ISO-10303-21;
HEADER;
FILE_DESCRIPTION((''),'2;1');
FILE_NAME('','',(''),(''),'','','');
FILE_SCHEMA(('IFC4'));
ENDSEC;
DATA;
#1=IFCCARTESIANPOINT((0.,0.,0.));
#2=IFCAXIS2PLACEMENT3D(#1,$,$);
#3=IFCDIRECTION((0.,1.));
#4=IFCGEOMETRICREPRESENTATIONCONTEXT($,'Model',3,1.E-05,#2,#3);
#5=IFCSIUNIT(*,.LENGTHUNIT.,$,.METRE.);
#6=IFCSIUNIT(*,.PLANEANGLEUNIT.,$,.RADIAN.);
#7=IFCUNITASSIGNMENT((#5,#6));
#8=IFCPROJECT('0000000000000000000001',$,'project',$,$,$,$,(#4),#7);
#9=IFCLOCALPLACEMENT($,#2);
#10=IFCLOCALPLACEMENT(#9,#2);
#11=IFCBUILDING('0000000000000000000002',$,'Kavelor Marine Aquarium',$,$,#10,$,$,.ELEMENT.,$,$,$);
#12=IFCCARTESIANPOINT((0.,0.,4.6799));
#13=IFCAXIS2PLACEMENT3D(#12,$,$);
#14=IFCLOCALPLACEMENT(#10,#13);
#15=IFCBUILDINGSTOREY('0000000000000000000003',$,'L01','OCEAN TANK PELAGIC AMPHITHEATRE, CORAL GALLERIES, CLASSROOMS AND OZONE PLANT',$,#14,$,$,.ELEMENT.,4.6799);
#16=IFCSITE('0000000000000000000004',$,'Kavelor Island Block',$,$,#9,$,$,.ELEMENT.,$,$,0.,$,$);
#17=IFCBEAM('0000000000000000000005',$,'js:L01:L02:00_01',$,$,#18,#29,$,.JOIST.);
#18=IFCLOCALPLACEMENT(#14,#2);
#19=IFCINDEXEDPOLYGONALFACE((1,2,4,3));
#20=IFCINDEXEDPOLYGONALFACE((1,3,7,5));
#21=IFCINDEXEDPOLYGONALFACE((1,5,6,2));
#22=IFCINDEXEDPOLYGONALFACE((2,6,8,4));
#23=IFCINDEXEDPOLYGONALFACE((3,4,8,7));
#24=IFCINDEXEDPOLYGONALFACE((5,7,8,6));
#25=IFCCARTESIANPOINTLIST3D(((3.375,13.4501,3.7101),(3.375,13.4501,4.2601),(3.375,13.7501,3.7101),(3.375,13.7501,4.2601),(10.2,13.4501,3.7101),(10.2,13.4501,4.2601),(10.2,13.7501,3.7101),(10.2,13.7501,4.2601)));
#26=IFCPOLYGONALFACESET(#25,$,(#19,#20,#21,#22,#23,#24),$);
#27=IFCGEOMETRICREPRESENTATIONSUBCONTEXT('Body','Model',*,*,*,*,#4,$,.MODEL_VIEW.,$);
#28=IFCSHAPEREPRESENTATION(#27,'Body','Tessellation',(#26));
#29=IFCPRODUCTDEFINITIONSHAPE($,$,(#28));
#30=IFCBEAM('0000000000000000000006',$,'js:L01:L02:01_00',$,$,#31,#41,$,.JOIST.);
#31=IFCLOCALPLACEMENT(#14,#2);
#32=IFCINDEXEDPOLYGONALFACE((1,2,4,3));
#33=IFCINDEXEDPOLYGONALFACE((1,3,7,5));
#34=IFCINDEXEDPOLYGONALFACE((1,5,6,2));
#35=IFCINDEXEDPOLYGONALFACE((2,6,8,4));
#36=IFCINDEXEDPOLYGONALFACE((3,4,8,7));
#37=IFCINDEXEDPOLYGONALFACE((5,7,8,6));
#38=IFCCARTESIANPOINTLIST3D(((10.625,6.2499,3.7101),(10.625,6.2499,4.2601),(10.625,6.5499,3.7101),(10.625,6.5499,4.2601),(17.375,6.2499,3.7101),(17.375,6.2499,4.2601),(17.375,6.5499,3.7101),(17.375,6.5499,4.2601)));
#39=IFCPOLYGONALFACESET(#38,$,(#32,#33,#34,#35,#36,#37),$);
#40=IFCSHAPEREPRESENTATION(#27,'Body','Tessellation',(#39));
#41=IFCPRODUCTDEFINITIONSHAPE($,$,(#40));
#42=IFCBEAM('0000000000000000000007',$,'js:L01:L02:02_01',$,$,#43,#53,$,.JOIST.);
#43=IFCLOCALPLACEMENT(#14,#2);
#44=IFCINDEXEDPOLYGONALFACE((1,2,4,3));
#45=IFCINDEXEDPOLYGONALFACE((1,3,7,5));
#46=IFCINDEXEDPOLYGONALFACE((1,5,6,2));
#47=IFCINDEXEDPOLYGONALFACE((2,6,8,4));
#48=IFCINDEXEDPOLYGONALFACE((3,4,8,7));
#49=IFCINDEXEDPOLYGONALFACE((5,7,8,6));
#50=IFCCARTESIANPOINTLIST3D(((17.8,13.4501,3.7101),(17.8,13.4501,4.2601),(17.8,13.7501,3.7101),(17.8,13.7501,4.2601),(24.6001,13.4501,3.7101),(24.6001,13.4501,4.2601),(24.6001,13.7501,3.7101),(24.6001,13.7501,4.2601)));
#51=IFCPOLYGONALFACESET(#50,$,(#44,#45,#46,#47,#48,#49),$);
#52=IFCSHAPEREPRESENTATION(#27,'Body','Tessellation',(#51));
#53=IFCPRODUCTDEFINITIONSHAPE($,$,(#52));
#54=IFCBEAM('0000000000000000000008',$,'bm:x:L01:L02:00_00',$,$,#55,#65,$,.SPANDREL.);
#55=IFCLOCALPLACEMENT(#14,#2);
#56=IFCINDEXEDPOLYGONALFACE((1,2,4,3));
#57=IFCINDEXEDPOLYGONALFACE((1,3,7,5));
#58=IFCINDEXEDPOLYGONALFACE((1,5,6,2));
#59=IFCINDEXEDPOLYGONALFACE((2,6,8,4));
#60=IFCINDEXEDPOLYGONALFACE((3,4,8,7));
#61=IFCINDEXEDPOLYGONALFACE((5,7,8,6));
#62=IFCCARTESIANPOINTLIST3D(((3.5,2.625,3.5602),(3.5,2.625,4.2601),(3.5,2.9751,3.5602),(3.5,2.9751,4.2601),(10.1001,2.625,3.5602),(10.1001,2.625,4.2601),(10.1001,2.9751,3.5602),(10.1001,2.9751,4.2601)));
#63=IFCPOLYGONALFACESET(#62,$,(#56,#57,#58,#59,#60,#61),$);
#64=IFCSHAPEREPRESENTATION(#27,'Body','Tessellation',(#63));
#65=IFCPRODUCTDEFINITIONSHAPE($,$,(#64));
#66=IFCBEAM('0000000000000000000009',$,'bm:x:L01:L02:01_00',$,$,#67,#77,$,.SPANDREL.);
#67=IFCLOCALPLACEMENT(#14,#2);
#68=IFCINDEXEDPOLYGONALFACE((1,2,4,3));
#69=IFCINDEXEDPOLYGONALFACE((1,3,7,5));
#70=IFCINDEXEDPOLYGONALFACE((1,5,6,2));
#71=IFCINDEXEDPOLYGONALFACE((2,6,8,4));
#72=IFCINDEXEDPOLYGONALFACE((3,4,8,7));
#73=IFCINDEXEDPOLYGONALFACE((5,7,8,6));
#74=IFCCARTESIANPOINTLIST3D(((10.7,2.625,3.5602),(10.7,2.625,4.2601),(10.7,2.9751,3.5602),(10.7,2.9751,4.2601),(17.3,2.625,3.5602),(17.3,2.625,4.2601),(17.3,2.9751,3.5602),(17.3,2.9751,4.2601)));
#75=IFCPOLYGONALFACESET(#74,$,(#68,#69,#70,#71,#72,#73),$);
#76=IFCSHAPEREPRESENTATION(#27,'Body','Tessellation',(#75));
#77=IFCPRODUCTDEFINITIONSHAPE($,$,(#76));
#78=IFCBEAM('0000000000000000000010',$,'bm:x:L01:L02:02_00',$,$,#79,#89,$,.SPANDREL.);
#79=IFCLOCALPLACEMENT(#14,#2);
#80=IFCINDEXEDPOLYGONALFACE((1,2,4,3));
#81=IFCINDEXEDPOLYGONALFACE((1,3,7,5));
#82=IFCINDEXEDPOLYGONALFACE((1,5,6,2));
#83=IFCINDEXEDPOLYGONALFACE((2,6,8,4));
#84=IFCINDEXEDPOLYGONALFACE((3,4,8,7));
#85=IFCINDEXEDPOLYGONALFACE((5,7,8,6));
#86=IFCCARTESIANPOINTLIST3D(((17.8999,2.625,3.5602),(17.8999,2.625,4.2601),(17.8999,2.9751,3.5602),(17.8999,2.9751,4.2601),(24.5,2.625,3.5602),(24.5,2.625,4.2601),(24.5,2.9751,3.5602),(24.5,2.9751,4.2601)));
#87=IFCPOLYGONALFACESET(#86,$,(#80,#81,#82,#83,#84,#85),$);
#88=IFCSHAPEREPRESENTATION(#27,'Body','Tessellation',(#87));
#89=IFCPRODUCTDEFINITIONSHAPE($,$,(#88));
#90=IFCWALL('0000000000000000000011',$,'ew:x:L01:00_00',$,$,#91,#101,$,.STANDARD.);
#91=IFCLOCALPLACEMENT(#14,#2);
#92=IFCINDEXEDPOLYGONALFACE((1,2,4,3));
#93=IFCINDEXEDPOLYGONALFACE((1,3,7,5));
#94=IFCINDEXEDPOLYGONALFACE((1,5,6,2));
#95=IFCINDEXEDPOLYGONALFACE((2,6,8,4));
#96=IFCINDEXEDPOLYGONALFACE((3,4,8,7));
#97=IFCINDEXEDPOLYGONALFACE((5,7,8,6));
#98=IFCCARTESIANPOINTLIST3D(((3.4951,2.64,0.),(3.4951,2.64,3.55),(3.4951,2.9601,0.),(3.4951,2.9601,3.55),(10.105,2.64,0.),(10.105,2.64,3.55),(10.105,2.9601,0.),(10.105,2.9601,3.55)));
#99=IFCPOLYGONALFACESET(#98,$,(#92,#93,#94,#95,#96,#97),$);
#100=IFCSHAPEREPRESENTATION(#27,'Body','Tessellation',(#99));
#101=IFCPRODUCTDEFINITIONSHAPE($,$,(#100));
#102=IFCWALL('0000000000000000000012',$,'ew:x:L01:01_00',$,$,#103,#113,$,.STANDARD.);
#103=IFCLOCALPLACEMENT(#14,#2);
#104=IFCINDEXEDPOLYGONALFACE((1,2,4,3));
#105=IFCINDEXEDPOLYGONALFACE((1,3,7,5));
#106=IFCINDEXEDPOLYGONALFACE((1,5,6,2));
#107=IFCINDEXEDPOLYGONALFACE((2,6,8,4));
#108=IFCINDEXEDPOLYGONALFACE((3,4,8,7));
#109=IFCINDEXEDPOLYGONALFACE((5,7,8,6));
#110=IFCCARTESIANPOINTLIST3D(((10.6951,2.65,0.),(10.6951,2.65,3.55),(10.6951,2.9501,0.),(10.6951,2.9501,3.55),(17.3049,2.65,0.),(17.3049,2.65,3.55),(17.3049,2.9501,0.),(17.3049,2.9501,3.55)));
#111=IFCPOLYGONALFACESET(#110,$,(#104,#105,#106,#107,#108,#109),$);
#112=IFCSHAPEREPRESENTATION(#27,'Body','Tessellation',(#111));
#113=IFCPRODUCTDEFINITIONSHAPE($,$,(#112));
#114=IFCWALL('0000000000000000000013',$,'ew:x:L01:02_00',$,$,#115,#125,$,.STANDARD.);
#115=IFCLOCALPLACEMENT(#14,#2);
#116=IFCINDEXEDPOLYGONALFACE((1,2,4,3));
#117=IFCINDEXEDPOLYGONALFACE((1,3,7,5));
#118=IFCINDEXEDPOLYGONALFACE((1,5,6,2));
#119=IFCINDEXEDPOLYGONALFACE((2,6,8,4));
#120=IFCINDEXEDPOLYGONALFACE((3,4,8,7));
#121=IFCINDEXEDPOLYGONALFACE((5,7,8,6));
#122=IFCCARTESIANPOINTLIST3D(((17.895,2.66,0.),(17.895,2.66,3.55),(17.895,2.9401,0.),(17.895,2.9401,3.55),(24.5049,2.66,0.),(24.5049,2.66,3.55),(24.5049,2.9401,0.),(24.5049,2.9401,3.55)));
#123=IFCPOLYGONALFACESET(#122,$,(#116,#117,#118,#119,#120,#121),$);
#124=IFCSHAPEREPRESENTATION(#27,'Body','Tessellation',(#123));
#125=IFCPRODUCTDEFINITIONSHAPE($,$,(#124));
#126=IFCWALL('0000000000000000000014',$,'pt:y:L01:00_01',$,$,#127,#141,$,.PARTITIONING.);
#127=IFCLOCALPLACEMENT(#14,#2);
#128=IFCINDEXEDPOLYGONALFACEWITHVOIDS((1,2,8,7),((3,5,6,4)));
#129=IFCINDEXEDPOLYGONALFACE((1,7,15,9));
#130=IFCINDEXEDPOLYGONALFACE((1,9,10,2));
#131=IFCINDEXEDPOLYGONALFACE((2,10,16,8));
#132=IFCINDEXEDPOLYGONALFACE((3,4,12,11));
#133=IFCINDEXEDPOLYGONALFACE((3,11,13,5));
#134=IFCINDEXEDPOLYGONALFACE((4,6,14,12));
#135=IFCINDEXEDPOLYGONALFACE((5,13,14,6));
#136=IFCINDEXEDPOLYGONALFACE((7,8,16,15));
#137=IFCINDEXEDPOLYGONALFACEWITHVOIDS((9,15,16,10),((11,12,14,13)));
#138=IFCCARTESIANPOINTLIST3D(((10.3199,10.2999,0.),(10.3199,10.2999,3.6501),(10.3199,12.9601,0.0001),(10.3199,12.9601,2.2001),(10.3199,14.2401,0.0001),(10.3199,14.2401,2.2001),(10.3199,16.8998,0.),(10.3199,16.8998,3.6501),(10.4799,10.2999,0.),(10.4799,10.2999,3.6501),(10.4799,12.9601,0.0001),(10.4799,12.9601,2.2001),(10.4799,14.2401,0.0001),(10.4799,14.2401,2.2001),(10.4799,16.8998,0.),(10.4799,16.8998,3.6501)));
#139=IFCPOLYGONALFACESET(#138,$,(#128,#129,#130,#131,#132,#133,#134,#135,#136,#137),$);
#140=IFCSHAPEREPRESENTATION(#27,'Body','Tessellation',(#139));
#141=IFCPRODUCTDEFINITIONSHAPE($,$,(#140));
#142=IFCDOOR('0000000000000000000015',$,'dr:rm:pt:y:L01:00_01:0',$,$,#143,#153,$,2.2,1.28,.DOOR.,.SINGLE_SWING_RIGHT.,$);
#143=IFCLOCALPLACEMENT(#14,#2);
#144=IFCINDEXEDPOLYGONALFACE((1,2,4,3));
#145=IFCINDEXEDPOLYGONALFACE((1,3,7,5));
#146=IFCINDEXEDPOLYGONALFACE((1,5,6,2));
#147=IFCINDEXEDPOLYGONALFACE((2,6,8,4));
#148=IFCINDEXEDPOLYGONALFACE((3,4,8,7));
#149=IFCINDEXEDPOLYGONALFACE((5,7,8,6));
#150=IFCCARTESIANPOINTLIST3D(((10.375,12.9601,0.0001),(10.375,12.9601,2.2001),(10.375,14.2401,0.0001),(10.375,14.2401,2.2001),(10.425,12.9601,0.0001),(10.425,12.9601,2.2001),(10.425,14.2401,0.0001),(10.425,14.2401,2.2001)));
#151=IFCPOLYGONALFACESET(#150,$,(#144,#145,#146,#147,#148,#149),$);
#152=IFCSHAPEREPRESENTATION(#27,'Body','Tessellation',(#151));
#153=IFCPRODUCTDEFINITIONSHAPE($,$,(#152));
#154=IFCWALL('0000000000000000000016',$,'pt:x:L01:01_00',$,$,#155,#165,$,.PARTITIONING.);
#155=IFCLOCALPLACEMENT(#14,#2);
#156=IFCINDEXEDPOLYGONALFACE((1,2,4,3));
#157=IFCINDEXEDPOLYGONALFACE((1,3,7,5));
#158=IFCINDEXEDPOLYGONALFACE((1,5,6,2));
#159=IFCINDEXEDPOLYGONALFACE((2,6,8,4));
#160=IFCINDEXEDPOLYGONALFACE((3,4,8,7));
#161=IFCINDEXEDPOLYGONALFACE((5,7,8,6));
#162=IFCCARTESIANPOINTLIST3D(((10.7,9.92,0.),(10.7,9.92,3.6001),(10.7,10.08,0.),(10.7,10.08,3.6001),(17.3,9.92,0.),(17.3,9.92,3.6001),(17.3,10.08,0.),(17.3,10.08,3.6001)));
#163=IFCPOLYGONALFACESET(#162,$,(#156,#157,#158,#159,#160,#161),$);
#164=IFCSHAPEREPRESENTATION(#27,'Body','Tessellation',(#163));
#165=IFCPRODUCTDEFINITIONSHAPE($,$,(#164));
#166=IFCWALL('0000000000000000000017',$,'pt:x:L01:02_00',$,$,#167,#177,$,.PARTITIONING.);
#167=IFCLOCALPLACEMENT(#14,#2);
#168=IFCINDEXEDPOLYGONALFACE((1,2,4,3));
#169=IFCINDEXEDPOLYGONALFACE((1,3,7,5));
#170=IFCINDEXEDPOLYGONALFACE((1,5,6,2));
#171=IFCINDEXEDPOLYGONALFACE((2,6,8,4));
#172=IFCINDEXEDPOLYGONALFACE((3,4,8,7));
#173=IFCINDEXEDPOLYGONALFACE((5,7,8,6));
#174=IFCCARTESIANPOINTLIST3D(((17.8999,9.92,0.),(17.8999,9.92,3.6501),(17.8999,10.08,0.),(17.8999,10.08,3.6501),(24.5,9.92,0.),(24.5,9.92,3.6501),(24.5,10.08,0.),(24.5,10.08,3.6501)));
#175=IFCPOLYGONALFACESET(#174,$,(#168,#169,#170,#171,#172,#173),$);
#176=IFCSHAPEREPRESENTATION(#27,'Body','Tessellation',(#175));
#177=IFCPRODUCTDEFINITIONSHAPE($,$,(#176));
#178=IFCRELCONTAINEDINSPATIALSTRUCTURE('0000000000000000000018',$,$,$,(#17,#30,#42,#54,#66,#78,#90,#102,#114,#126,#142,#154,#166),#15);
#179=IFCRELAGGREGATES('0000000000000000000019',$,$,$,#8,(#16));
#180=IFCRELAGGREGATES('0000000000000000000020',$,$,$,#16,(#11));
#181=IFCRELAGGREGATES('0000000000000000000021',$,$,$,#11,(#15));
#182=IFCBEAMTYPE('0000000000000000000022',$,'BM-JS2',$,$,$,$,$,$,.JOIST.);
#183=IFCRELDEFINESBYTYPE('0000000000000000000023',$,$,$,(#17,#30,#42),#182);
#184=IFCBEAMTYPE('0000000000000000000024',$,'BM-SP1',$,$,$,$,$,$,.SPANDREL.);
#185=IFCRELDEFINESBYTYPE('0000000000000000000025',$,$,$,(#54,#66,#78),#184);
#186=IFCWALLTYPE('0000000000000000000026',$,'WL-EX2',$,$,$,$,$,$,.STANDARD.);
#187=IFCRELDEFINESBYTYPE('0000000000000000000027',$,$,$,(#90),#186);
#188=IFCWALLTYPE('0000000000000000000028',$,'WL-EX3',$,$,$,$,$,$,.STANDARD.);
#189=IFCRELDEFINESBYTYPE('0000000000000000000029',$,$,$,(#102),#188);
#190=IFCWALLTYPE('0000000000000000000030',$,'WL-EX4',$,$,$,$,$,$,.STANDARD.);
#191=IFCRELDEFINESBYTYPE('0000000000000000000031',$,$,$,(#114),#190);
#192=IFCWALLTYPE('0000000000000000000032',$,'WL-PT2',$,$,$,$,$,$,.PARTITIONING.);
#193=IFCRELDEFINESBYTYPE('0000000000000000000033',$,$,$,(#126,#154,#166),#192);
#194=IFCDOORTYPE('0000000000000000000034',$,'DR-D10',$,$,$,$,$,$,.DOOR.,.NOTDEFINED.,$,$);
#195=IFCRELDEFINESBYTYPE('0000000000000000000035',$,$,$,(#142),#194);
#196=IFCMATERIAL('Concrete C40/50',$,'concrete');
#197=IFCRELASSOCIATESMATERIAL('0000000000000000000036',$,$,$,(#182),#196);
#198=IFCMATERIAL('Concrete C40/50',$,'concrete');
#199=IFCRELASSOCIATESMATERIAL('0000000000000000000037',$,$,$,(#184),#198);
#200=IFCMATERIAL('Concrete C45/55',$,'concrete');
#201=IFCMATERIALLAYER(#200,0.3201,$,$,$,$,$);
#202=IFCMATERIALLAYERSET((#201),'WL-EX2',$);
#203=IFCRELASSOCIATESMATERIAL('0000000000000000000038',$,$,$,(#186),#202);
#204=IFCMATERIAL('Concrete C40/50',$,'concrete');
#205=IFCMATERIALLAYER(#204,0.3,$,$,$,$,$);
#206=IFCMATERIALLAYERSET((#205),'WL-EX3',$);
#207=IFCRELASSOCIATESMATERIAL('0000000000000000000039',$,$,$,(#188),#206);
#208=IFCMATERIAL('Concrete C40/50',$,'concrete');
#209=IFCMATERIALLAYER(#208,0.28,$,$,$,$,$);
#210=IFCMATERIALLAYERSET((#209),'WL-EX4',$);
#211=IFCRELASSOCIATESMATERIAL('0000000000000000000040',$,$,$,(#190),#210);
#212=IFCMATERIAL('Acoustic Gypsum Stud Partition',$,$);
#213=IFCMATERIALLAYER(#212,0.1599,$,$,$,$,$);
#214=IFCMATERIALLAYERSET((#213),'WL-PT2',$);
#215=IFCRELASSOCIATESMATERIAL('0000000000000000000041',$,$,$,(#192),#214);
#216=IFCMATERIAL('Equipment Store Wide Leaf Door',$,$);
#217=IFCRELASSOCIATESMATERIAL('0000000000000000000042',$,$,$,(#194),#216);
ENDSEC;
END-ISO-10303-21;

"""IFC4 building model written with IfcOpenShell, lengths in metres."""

from ifc_helpers import new_model, si_unit, direction, frame, frame_2d, origin, origin_2d, place, context, subcontext, project, spatial, rectangle, extrude, material, layer, layer_set, material_profile, profile_set, type_object, element, fill, save


model = new_model("IFC4")

# Units and contexts
model_context = context("Model", 3, precision=1e-05, world=origin(), true_north=direction((0.0, 1.0)))
body_context = subcontext(model_context, "Body", "Model", "MODEL_VIEW")
ifc_project = project(units=[si_unit("LENGTHUNIT", "METRE"), si_unit("PLANEANGLEUNIT", "RADIAN")], contexts=[model_context])

# Site, building, storey
site_placement = place(None, origin())
site = spatial("IfcSite", under=ifc_project, at=site_placement, Name="Kavelor Island Block", CompositionType="ELEMENT", RefElevation=0.0)
building_placement = place(site_placement, origin())
building = spatial("IfcBuilding", under=site, at=building_placement, Name="Kavelor Marine Aquarium", CompositionType="ELEMENT")
storey_placement = place(building_placement, frame((0.0, 0.0, 4.6799)))
storey = spatial("IfcBuildingStorey", under=building, at=storey_placement, Name="L01", Description="OCEAN TANK PELAGIC AMPHITHEATRE, CORAL GALLERIES, CLASSROOMS AND OZONE PLANT", CompositionType="ELEMENT", Elevation=4.6799)

# Beams
ifc_material_1 = material(Name="Concrete C40/50", Category="concrete")
ifc_material_profile_1 = material_profile(ifc_material_1, rectangle(XDim=0.3, YDim=0.55, at=origin_2d()), Name="RC-JS 300x550")
ifc_profile_set_1 = profile_set([ifc_material_profile_1], Name="Concrete C40/50")
beam_type_1 = type_object("IfcBeamType", Name="BM-JS2", PredefinedType="JOIST", material=ifc_profile_set_1)
beam_1_placement = place(storey_placement, frame((3.375, 13.6001, 3.9851), z_axis=(1.0, 0.0, 0.0), x_axis=(0.0, 1.0, 0.0)))
element("IfcBeam", 1, at=beam_1_placement, inside=storey, type_object=beam_type_1, Name="js:L01:L02:00_01", PredefinedType="JOIST", context=body_context, shape_type="SweptSolid", body=[
    extrude(rectangle(XDim=0.3, YDim=0.55, at=origin_2d()), origin(), (0.0, 0.0, 1.0), 6.825),
])
beam_2_placement = place(storey_placement, frame((10.625, 6.3999, 3.9851), z_axis=(1.0, 0.0, 0.0), x_axis=(0.0, 1.0, 0.0)))
element("IfcBeam", 2, at=beam_2_placement, inside=storey, type_object=beam_type_1, Name="js:L01:L02:01_00", PredefinedType="JOIST", context=body_context, shape_type="SweptSolid", body=[
    extrude(rectangle(XDim=0.3, YDim=0.55, at=origin_2d()), origin(), (0.0, 0.0, 1.0), 6.75),
])
beam_3_placement = place(storey_placement, frame((17.8, 13.6001, 3.9851), z_axis=(1.0, 0.0, 0.0), x_axis=(0.0, 1.0, 0.0)))
element("IfcBeam", 3, at=beam_3_placement, inside=storey, type_object=beam_type_1, Name="js:L01:L02:02_01", PredefinedType="JOIST", context=body_context, shape_type="SweptSolid", body=[
    extrude(rectangle(XDim=0.3, YDim=0.55, at=origin_2d()), origin(), (0.0, 0.0, 1.0), 6.8),
])
ifc_material_2 = material(Name="Concrete C40/50", Category="concrete")
ifc_material_profile_2 = material_profile(ifc_material_2, rectangle(XDim=0.3501, YDim=0.7, at=origin_2d()), Name="RC-SP 350x700")
ifc_profile_set_2 = profile_set([ifc_material_profile_2], Name="Concrete C40/50")
beam_type_2 = type_object("IfcBeamType", Name="BM-SP1", PredefinedType="SPANDREL", material=ifc_profile_set_2)
for number, where, z_axis, x_axis, name in (
    (4, (3.5, 2.8, 3.9102), (1.0, 0.0, 0.0), (0.0, 1.0, 0.0), "bm:x:L01:L02:00_00"),
    (5, (10.7, 2.8, 3.9102), (1.0, 0.0, 0.0), (0.0, 1.0, 0.0), "bm:x:L01:L02:01_00"),
    (6, (17.8999, 2.8, 3.9102), (1.0, 0.0, 0.0), (0.0, 1.0, 0.0), "bm:x:L01:L02:02_00"),
):
    element("IfcBeam", number, at=place(storey_placement, frame(where, z_axis=z_axis, x_axis=x_axis)), inside=storey, type_object=beam_type_2, Name=name, PredefinedType="SPANDREL", context=body_context, shape_type="SweptSolid", body=[
        extrude(rectangle(XDim=0.3501, YDim=0.7, at=origin_2d()), origin(), (0.0, 0.0, 1.0), 6.6001),
    ])

# Walls
ifc_material_3 = material(Name="Concrete C45/55", Category="concrete")
ifc_layer_1 = layer(ifc_material_3, 0.3201)
ifc_layer_set_1 = layer_set([ifc_layer_1], Name="WL-EX2")
wall_type_1 = type_object("IfcWallType", Name="WL-EX2", PredefinedType="STANDARD", material=ifc_layer_set_1)
wall_1_placement = place(storey_placement, frame((10.105, 2.8, 0.0), z_axis=(0.0, 0.0, 1.0), x_axis=(-1.0, 0.0, 0.0)))
element("IfcWall", 7, at=wall_1_placement, inside=storey, type_object=wall_type_1, Name="ew:x:L01:00_00", PredefinedType="STANDARD", context=body_context, shape_type="SweptSolid", body=[
    extrude(rectangle(XDim=6.6099, YDim=0.3201, at=frame_2d((3.3049, 0.0))), origin(), (0.0, 0.0, 1.0), 3.55),
])
ifc_material_4 = material(Name="Concrete C40/50", Category="concrete")
ifc_layer_2 = layer(ifc_material_4, 0.3)
ifc_layer_set_2 = layer_set([ifc_layer_2], Name="WL-EX3")
wall_type_2 = type_object("IfcWallType", Name="WL-EX3", PredefinedType="STANDARD", material=ifc_layer_set_2)
wall_2_placement = place(storey_placement, frame((17.3049, 2.8, 0.0), z_axis=(0.0, 0.0, 1.0), x_axis=(-1.0, 0.0, 0.0)))
element("IfcWall", 8, at=wall_2_placement, inside=storey, type_object=wall_type_2, Name="ew:x:L01:01_00", PredefinedType="STANDARD", context=body_context, shape_type="SweptSolid", body=[
    extrude(rectangle(XDim=6.6099, YDim=0.3, at=frame_2d((3.3049, 0.0))), origin(), (0.0, 0.0, 1.0), 3.55),
])
ifc_material_5 = material(Name="Concrete C40/50", Category="concrete")
ifc_layer_3 = layer(ifc_material_5, 0.28)
ifc_layer_set_3 = layer_set([ifc_layer_3], Name="WL-EX4")
wall_type_3 = type_object("IfcWallType", Name="WL-EX4", PredefinedType="STANDARD", material=ifc_layer_set_3)
wall_3_placement = place(storey_placement, frame((24.5049, 2.8, 0.0), z_axis=(0.0, 0.0, 1.0), x_axis=(-1.0, 0.0, 0.0)))
element("IfcWall", 9, at=wall_3_placement, inside=storey, type_object=wall_type_3, Name="ew:x:L01:02_00", PredefinedType="STANDARD", context=body_context, shape_type="SweptSolid", body=[
    extrude(rectangle(XDim=6.6099, YDim=0.28, at=frame_2d((3.3049, 0.0))), origin(), (0.0, 0.0, 1.0), 3.55),
])

# Wall, opening, door
ifc_material_6 = material(Name="Acoustic Gypsum Stud Partition")
ifc_layer_4 = layer(ifc_material_6, 0.1599)
ifc_layer_set_4 = layer_set([ifc_layer_4], Name="WL-PT2")
wall_type_4 = type_object("IfcWallType", Name="WL-PT2", PredefinedType="PARTITIONING", material=ifc_layer_set_4)
wall_4_placement = place(storey_placement, frame((10.3999, 10.3, 0.0), z_axis=(0.0, 0.0, 1.0), x_axis=(0.0, 1.0, 0.0)))
wall_4 = element("IfcWall", 10, at=wall_4_placement, inside=storey, type_object=wall_type_4, Name="pt:y:L01:00_01", PredefinedType="PARTITIONING", context=body_context, shape_type="SweptSolid", body=[
    extrude(rectangle(XDim=6.5999, YDim=0.1599, at=frame_2d((3.2998, 0.0))), origin(), (0.0, 0.0, 1.0), 3.6501),
])
opening_placement = place(wall_4_placement, frame((2.6599, 0.0, 0.0)))
opening = element("IfcOpeningElement", 11, at=opening_placement, cuts=wall_4, PredefinedType="OPENING", context=body_context, shape_type="SweptSolid", body=[
    extrude(rectangle(XDim=1.28, YDim=2.2, at=frame_2d((0.6401, 1.1001))), frame((0.0, 0.0898, 0.0), z_axis=(0.0, -1.0, 0.0), x_axis=(1.0, 0.0, 0.0)), (0.0, 0.0, 1.0), 0.1799),
])
ifc_material_7 = material(Name="Equipment Store Wide Leaf Door")
door_type = type_object("IfcDoorType", Name="DR-D10", OperationType="NOTDEFINED", PredefinedType="DOOR", material=ifc_material_7)
door_placement = place(opening_placement, origin())
door = element("IfcDoor", 12, at=door_placement, inside=storey, type_object=door_type, Name="dr:rm:pt:y:L01:00_01:0", OperationType="SINGLE_SWING_RIGHT", OverallHeight=2.2, OverallWidth=1.28, PredefinedType="DOOR", context=body_context, shape_type="SweptSolid", body=[
    extrude(rectangle(XDim=1.28, YDim=2.2, at=frame_2d((0.6401, 1.1001))), frame((0.0, 0.0249, 0.0), z_axis=(0.0, -1.0, 0.0), x_axis=(1.0, 0.0, 0.0)), (0.0, 0.0, 1.0), 0.05),
])
fill(opening, door)

# Walls
wall_5_placement = place(storey_placement, frame((10.7, 10.0, 0.0), z_axis=(0.0, 0.0, 1.0), x_axis=(1.0, 0.0, 0.0)))
element("IfcWall", 13, at=wall_5_placement, inside=storey, type_object=wall_type_4, Name="pt:x:L01:01_00", PredefinedType="PARTITIONING", context=body_context, shape_type="SweptSolid", body=[
    extrude(rectangle(XDim=6.6001, YDim=0.1599, at=frame_2d((3.3, 0.0))), origin(), (0.0, 0.0, 1.0), 3.6001),
])
wall_6_placement = place(storey_placement, frame((17.8999, 10.0, 0.0), z_axis=(0.0, 0.0, 1.0), x_axis=(1.0, 0.0, 0.0)))
element("IfcWall", 14, at=wall_6_placement, inside=storey, type_object=wall_type_4, Name="pt:x:L01:02_00", PredefinedType="PARTITIONING", context=body_context, shape_type="SweptSolid", body=[
    extrude(rectangle(XDim=6.6001, YDim=0.1599, at=frame_2d((3.3, 0.0))), origin(), (0.0, 0.0, 1.0), 3.6501),
])

save(model, "model.ifc")
